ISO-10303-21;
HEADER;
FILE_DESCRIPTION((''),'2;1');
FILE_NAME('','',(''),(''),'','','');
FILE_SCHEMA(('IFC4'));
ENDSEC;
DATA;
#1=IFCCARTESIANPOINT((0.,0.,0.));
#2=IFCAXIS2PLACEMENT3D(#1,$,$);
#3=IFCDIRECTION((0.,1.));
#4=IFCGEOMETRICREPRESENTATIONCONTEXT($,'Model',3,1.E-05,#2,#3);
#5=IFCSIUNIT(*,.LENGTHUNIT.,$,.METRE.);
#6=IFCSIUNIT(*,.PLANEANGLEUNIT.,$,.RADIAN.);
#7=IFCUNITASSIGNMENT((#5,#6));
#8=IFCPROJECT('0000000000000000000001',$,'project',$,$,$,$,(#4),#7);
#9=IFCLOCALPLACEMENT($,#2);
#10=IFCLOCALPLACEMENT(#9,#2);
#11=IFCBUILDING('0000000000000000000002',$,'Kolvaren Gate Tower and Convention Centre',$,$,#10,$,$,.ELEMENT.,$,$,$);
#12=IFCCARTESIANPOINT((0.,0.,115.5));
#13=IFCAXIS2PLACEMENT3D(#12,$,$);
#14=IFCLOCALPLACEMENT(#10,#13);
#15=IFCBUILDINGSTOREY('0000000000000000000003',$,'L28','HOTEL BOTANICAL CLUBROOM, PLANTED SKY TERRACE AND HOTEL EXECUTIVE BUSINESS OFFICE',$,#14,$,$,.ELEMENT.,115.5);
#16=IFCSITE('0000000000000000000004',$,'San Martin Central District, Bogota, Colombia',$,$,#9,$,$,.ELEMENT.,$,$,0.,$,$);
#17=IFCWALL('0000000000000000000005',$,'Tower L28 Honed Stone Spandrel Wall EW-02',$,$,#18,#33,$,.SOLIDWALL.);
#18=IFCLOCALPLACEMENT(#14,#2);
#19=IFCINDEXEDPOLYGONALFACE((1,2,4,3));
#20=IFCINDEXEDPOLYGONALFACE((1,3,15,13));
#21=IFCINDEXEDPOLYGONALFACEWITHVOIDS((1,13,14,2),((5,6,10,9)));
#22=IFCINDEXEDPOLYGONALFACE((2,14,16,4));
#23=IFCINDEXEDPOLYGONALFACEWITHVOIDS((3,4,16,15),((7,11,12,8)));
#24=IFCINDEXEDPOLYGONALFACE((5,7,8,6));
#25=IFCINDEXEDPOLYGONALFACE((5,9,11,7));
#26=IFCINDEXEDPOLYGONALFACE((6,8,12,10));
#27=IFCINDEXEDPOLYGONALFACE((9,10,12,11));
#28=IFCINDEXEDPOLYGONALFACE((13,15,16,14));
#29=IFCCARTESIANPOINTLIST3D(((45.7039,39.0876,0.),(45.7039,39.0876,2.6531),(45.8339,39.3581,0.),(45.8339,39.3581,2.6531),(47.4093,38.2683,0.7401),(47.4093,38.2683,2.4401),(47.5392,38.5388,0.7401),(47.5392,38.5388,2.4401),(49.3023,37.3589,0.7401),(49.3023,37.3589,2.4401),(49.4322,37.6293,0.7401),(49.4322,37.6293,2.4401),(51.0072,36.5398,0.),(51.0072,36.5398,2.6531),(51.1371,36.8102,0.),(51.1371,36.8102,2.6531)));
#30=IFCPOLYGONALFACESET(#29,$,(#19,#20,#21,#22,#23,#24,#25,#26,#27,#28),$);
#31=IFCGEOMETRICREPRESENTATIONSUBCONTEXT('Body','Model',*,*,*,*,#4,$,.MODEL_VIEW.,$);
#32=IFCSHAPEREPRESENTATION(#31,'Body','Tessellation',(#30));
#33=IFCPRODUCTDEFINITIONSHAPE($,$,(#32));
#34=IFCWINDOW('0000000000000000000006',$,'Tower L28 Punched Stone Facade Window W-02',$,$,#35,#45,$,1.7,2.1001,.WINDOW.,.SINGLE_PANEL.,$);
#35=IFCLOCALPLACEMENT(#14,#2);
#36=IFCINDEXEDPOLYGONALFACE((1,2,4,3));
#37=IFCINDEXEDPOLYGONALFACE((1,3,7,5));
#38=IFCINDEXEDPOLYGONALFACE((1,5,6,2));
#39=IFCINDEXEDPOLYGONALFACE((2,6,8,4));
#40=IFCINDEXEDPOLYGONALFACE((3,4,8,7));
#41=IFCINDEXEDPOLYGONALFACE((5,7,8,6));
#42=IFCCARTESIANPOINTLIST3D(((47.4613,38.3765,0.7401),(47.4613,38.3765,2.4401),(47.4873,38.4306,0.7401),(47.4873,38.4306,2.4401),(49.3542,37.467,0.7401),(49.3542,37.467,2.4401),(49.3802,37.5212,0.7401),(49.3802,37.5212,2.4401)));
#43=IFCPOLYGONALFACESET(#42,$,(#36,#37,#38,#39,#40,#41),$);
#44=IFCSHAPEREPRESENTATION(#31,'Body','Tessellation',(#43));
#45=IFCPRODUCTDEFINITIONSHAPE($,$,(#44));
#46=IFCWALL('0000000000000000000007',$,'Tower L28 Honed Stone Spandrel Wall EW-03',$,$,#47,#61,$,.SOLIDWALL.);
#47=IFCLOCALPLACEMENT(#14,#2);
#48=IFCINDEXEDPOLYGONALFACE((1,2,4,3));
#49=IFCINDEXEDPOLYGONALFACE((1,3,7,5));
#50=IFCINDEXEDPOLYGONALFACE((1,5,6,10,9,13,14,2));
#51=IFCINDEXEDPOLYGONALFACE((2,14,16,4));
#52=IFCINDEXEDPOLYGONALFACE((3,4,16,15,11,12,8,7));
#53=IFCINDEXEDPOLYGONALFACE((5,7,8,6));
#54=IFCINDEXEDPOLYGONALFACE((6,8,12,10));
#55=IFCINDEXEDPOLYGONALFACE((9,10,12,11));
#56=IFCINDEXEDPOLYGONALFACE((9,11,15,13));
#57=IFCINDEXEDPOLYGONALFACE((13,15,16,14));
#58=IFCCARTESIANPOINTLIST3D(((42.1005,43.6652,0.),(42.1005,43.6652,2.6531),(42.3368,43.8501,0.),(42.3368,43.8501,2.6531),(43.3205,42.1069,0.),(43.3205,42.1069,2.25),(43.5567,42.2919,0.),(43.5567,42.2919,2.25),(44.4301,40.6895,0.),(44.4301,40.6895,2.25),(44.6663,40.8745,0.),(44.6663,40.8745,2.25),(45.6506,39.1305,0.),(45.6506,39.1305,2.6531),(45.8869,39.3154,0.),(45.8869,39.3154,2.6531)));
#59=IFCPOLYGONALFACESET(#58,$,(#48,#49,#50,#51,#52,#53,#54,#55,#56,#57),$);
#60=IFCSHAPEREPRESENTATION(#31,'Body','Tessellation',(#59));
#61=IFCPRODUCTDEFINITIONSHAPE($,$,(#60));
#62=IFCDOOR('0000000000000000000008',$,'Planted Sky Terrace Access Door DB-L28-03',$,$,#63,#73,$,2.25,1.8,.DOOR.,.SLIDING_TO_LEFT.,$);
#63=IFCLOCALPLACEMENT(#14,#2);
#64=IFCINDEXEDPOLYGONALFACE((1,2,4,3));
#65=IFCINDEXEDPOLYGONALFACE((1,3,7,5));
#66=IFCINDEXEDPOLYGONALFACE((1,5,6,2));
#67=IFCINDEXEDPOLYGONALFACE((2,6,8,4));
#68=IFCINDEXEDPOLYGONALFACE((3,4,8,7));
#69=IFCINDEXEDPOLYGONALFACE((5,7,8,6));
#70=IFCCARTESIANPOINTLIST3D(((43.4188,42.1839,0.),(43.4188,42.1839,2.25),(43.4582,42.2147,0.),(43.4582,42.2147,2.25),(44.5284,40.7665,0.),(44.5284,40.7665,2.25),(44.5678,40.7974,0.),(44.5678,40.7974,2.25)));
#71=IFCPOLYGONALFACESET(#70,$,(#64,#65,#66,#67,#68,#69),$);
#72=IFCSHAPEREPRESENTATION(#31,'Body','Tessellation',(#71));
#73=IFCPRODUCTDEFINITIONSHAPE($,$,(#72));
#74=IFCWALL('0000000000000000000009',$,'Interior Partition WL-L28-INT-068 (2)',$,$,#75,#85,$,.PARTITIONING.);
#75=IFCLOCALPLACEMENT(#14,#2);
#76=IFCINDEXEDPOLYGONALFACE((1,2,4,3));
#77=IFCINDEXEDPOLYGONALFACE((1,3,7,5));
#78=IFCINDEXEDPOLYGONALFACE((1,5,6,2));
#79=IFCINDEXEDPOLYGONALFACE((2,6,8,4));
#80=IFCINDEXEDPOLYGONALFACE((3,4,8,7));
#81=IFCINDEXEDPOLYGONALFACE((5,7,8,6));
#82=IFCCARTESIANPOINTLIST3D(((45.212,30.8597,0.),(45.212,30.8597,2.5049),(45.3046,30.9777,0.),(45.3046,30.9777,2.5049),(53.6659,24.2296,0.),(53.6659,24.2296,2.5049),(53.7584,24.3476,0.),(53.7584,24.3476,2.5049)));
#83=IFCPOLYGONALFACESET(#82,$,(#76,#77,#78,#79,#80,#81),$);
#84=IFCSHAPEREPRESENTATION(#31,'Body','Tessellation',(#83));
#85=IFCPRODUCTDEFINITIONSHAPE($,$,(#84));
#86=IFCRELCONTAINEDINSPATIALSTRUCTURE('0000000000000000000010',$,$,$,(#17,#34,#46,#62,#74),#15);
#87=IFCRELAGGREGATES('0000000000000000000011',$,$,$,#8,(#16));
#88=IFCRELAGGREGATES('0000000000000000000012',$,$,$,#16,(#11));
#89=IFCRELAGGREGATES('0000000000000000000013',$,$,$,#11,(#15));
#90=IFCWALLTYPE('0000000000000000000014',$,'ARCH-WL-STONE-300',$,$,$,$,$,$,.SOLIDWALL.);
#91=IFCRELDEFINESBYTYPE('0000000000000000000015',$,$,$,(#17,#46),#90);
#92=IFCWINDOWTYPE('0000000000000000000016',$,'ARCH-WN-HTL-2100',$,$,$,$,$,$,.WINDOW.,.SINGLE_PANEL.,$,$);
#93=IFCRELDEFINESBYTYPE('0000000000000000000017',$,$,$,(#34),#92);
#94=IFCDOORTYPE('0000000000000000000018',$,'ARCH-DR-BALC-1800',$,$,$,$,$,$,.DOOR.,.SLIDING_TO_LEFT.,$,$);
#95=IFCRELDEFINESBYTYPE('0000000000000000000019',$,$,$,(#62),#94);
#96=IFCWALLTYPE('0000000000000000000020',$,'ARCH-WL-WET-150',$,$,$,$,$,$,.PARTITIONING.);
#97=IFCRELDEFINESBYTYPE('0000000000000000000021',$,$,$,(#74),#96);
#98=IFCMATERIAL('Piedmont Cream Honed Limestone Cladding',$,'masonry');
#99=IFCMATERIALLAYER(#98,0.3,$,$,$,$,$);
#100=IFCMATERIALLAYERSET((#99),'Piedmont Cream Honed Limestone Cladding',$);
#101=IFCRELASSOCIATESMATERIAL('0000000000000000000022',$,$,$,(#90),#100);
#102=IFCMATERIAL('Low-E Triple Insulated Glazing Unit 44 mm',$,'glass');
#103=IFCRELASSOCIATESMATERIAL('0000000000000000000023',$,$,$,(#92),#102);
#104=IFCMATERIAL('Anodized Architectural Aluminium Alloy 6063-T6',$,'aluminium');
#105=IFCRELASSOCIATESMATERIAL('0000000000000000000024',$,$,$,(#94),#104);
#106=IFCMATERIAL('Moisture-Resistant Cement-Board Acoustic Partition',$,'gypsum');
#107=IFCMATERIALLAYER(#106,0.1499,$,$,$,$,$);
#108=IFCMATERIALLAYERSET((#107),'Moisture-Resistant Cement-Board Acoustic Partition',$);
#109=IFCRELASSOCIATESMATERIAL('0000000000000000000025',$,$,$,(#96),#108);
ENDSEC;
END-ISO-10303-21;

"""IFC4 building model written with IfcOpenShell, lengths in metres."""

from ifc_helpers import new_model, si_unit, direction, frame, frame_2d, origin, place, context, subcontext, project, spatial, rectangle, extrude, material, layer, layer_set, type_object, element, fill, save


model = new_model("IFC4")

# Units and contexts
model_context = context("Model", 3, precision=1e-05, world=origin(), true_north=direction((0.0, 1.0)))
body_context = subcontext(model_context, "Body", "Model", "MODEL_VIEW")
ifc_project = project(units=[si_unit("LENGTHUNIT", "METRE"), si_unit("PLANEANGLEUNIT", "RADIAN")], contexts=[model_context])

# Site, building, storey
site_placement = place(None, origin())
site = spatial("IfcSite", under=ifc_project, at=site_placement, Name="San Martin Central District, Bogota, Colombia", CompositionType="ELEMENT", RefElevation=0.0)
building_placement = place(site_placement, origin())
building = spatial("IfcBuilding", under=site, at=building_placement, Name="Kolvaren Gate Tower and Convention Centre", CompositionType="ELEMENT")
storey_placement = place(building_placement, frame((0.0, 0.0, 115.5)))
storey = spatial("IfcBuildingStorey", under=building, at=storey_placement, Name="L28", Description="HOTEL BOTANICAL CLUBROOM, PLANTED SKY TERRACE AND HOTEL EXECUTIVE BUSINESS OFFICE", CompositionType="ELEMENT", Elevation=115.5)

# Shared definitions
ifc_material_1 = material(Name="Piedmont Cream Honed Limestone Cladding", Category="masonry")

# Wall, opening, window
ifc_layer_1 = layer(ifc_material_1, 0.3)
ifc_layer_set_1 = layer_set([ifc_layer_1], Name="Piedmont Cream Honed Limestone Cladding")
wall_type_1 = type_object("IfcWallType", Name="ARCH-WL-STONE-300", PredefinedType="SOLIDWALL", material=ifc_layer_set_1)
ifc_material_2 = material(Name="Low-E Triple Insulated Glazing Unit 44 mm", Category="glass")
window_type = type_object("IfcWindowType", Name="ARCH-WN-HTL-2100", PartitioningType="SINGLE_PANEL", PredefinedType="WINDOW", material=ifc_material_2)
wall_1_placement = place(storey_placement, frame((45.7688, 39.2229, 0.0), z_axis=(0.0, 0.0, 1.0), x_axis=(0.90137, -0.433049, 0.0)))
wall_1 = element("IfcWall", 1, at=wall_1_placement, inside=storey, type_object=wall_type_1, Name="Tower L28 Honed Stone Spandrel Wall EW-02", PredefinedType="SOLIDWALL", context=body_context, shape_type="SweptSolid", body=[
    extrude(rectangle(XDim=5.8835, YDim=0.3, at=frame_2d((2.9419, 0.0))), origin(), (0.0, 0.0, 1.0), 2.6531),
])
opening_1_placement = place(wall_1_placement, frame((1.8921, 0.0, 0.74)))
opening_1 = element("IfcOpeningElement", 2, at=opening_1_placement, cuts=wall_1, PredefinedType="OPENING", context=body_context, shape_type="SweptSolid", body=[
    extrude(rectangle(XDim=2.1001, YDim=1.7, at=frame_2d((1.05, 0.8501))), frame((0.0, 0.1599, 0.0), z_axis=(0.0, -1.0, 0.0), x_axis=(1.0, 0.0, 0.0)), (0.0, 0.0, 1.0), 0.3201),
])
window_1_placement = place(opening_1_placement, origin())
window_1 = element("IfcWindow", 3, at=window_1_placement, inside=storey, type_object=window_type, Name="Tower L28 Punched Stone Facade Window W-02", OverallHeight=1.7, OverallWidth=2.1001, PartitioningType="SINGLE_PANEL", PredefinedType="WINDOW", context=body_context, shape_type="SweptSolid", body=[
    extrude(rectangle(XDim=2.1001, YDim=1.7, at=frame_2d((1.05, 0.8501))), frame((0.0, 0.03, 0.0), z_axis=(0.0, -1.0, 0.0), x_axis=(1.0, 0.0, 0.0)), (0.0, 0.0, 1.0), 0.0601),
])
fill(opening_1, window_1)

# Wall, opening, door
wall_2_placement = place(storey_placement, frame((42.2188, 43.7576, 0.0), z_axis=(0.0, 0.0, 1.0), x_axis=(0.616435, -0.787406, 0.0)))
wall_2 = element("IfcWall", 4, at=wall_2_placement, inside=storey, type_object=wall_type_1, Name="Tower L28 Honed Stone Spandrel Wall EW-03", PredefinedType="SOLIDWALL", context=body_context, shape_type="SweptSolid", body=[
    extrude(rectangle(XDim=5.759, YDim=0.3, at=frame_2d((2.8794, 0.0))), origin(), (0.0, 0.0, 1.0), 2.6531),
])
opening_2_placement = place(wall_2_placement, frame((1.979, 0.0, 0.0)))
opening_2 = element("IfcOpeningElement", 5, at=opening_2_placement, cuts=wall_2, PredefinedType="OPENING", context=body_context, shape_type="SweptSolid", body=[
    extrude(rectangle(XDim=1.8, YDim=2.25, at=frame_2d((0.8999, 1.125))), frame((0.0, 0.1599, 0.0), z_axis=(0.0, -1.0, 0.0), x_axis=(1.0, 0.0, 0.0)), (0.0, 0.0, 1.0), 0.3201),
])
ifc_material_3 = material(Name="Anodized Architectural Aluminium Alloy 6063-T6", Category="aluminium")
door_type = type_object("IfcDoorType", Name="ARCH-DR-BALC-1800", OperationType="SLIDING_TO_LEFT", PredefinedType="DOOR", material=ifc_material_3)
door_placement = place(opening_2_placement, origin())
door = element("IfcDoor", 6, at=door_placement, inside=storey, type_object=door_type, Name="Planted Sky Terrace Access Door DB-L28-03", OperationType="SLIDING_TO_LEFT", OverallHeight=2.25, OverallWidth=1.8, PredefinedType="DOOR", context=body_context, shape_type="SweptSolid", body=[
    extrude(rectangle(XDim=1.8, YDim=2.25, at=frame_2d((0.8999, 1.125))), frame((0.0, 0.0249, 0.0), z_axis=(0.0, -1.0, 0.0), x_axis=(1.0, 0.0, 0.0)), (0.0, 0.0, 1.0), 0.05),
])
fill(opening_2, door)

# Wall
ifc_material_4 = material(Name="Moisture-Resistant Cement-Board Acoustic Partition", Category="gypsum")
ifc_layer_2 = layer(ifc_material_4, 0.1499)
ifc_layer_set_2 = layer_set([ifc_layer_2], Name="Moisture-Resistant Cement-Board Acoustic Partition")
wall_type_2 = type_object("IfcWallType", Name="ARCH-WL-WET-150", PredefinedType="PARTITIONING", material=ifc_layer_set_2)
wall_3_placement = place(storey_placement, frame((45.2583, 30.9187, 0.0), z_axis=(0.0, 0.0, 1.0), x_axis=(0.786869, -0.61712, 0.0)))
element("IfcWall", 7, at=wall_3_placement, inside=storey, type_object=wall_type_2, Name="Interior Partition WL-L28-INT-068 (2)", PredefinedType="PARTITIONING", context=body_context, shape_type="SweptSolid", body=[
    extrude(rectangle(XDim=10.7437, YDim=0.1499, at=frame_2d((5.3718, 0.0))), origin(), (0.0, 0.0, 1.0), 2.5049),
])

save(model, "model.ifc")
